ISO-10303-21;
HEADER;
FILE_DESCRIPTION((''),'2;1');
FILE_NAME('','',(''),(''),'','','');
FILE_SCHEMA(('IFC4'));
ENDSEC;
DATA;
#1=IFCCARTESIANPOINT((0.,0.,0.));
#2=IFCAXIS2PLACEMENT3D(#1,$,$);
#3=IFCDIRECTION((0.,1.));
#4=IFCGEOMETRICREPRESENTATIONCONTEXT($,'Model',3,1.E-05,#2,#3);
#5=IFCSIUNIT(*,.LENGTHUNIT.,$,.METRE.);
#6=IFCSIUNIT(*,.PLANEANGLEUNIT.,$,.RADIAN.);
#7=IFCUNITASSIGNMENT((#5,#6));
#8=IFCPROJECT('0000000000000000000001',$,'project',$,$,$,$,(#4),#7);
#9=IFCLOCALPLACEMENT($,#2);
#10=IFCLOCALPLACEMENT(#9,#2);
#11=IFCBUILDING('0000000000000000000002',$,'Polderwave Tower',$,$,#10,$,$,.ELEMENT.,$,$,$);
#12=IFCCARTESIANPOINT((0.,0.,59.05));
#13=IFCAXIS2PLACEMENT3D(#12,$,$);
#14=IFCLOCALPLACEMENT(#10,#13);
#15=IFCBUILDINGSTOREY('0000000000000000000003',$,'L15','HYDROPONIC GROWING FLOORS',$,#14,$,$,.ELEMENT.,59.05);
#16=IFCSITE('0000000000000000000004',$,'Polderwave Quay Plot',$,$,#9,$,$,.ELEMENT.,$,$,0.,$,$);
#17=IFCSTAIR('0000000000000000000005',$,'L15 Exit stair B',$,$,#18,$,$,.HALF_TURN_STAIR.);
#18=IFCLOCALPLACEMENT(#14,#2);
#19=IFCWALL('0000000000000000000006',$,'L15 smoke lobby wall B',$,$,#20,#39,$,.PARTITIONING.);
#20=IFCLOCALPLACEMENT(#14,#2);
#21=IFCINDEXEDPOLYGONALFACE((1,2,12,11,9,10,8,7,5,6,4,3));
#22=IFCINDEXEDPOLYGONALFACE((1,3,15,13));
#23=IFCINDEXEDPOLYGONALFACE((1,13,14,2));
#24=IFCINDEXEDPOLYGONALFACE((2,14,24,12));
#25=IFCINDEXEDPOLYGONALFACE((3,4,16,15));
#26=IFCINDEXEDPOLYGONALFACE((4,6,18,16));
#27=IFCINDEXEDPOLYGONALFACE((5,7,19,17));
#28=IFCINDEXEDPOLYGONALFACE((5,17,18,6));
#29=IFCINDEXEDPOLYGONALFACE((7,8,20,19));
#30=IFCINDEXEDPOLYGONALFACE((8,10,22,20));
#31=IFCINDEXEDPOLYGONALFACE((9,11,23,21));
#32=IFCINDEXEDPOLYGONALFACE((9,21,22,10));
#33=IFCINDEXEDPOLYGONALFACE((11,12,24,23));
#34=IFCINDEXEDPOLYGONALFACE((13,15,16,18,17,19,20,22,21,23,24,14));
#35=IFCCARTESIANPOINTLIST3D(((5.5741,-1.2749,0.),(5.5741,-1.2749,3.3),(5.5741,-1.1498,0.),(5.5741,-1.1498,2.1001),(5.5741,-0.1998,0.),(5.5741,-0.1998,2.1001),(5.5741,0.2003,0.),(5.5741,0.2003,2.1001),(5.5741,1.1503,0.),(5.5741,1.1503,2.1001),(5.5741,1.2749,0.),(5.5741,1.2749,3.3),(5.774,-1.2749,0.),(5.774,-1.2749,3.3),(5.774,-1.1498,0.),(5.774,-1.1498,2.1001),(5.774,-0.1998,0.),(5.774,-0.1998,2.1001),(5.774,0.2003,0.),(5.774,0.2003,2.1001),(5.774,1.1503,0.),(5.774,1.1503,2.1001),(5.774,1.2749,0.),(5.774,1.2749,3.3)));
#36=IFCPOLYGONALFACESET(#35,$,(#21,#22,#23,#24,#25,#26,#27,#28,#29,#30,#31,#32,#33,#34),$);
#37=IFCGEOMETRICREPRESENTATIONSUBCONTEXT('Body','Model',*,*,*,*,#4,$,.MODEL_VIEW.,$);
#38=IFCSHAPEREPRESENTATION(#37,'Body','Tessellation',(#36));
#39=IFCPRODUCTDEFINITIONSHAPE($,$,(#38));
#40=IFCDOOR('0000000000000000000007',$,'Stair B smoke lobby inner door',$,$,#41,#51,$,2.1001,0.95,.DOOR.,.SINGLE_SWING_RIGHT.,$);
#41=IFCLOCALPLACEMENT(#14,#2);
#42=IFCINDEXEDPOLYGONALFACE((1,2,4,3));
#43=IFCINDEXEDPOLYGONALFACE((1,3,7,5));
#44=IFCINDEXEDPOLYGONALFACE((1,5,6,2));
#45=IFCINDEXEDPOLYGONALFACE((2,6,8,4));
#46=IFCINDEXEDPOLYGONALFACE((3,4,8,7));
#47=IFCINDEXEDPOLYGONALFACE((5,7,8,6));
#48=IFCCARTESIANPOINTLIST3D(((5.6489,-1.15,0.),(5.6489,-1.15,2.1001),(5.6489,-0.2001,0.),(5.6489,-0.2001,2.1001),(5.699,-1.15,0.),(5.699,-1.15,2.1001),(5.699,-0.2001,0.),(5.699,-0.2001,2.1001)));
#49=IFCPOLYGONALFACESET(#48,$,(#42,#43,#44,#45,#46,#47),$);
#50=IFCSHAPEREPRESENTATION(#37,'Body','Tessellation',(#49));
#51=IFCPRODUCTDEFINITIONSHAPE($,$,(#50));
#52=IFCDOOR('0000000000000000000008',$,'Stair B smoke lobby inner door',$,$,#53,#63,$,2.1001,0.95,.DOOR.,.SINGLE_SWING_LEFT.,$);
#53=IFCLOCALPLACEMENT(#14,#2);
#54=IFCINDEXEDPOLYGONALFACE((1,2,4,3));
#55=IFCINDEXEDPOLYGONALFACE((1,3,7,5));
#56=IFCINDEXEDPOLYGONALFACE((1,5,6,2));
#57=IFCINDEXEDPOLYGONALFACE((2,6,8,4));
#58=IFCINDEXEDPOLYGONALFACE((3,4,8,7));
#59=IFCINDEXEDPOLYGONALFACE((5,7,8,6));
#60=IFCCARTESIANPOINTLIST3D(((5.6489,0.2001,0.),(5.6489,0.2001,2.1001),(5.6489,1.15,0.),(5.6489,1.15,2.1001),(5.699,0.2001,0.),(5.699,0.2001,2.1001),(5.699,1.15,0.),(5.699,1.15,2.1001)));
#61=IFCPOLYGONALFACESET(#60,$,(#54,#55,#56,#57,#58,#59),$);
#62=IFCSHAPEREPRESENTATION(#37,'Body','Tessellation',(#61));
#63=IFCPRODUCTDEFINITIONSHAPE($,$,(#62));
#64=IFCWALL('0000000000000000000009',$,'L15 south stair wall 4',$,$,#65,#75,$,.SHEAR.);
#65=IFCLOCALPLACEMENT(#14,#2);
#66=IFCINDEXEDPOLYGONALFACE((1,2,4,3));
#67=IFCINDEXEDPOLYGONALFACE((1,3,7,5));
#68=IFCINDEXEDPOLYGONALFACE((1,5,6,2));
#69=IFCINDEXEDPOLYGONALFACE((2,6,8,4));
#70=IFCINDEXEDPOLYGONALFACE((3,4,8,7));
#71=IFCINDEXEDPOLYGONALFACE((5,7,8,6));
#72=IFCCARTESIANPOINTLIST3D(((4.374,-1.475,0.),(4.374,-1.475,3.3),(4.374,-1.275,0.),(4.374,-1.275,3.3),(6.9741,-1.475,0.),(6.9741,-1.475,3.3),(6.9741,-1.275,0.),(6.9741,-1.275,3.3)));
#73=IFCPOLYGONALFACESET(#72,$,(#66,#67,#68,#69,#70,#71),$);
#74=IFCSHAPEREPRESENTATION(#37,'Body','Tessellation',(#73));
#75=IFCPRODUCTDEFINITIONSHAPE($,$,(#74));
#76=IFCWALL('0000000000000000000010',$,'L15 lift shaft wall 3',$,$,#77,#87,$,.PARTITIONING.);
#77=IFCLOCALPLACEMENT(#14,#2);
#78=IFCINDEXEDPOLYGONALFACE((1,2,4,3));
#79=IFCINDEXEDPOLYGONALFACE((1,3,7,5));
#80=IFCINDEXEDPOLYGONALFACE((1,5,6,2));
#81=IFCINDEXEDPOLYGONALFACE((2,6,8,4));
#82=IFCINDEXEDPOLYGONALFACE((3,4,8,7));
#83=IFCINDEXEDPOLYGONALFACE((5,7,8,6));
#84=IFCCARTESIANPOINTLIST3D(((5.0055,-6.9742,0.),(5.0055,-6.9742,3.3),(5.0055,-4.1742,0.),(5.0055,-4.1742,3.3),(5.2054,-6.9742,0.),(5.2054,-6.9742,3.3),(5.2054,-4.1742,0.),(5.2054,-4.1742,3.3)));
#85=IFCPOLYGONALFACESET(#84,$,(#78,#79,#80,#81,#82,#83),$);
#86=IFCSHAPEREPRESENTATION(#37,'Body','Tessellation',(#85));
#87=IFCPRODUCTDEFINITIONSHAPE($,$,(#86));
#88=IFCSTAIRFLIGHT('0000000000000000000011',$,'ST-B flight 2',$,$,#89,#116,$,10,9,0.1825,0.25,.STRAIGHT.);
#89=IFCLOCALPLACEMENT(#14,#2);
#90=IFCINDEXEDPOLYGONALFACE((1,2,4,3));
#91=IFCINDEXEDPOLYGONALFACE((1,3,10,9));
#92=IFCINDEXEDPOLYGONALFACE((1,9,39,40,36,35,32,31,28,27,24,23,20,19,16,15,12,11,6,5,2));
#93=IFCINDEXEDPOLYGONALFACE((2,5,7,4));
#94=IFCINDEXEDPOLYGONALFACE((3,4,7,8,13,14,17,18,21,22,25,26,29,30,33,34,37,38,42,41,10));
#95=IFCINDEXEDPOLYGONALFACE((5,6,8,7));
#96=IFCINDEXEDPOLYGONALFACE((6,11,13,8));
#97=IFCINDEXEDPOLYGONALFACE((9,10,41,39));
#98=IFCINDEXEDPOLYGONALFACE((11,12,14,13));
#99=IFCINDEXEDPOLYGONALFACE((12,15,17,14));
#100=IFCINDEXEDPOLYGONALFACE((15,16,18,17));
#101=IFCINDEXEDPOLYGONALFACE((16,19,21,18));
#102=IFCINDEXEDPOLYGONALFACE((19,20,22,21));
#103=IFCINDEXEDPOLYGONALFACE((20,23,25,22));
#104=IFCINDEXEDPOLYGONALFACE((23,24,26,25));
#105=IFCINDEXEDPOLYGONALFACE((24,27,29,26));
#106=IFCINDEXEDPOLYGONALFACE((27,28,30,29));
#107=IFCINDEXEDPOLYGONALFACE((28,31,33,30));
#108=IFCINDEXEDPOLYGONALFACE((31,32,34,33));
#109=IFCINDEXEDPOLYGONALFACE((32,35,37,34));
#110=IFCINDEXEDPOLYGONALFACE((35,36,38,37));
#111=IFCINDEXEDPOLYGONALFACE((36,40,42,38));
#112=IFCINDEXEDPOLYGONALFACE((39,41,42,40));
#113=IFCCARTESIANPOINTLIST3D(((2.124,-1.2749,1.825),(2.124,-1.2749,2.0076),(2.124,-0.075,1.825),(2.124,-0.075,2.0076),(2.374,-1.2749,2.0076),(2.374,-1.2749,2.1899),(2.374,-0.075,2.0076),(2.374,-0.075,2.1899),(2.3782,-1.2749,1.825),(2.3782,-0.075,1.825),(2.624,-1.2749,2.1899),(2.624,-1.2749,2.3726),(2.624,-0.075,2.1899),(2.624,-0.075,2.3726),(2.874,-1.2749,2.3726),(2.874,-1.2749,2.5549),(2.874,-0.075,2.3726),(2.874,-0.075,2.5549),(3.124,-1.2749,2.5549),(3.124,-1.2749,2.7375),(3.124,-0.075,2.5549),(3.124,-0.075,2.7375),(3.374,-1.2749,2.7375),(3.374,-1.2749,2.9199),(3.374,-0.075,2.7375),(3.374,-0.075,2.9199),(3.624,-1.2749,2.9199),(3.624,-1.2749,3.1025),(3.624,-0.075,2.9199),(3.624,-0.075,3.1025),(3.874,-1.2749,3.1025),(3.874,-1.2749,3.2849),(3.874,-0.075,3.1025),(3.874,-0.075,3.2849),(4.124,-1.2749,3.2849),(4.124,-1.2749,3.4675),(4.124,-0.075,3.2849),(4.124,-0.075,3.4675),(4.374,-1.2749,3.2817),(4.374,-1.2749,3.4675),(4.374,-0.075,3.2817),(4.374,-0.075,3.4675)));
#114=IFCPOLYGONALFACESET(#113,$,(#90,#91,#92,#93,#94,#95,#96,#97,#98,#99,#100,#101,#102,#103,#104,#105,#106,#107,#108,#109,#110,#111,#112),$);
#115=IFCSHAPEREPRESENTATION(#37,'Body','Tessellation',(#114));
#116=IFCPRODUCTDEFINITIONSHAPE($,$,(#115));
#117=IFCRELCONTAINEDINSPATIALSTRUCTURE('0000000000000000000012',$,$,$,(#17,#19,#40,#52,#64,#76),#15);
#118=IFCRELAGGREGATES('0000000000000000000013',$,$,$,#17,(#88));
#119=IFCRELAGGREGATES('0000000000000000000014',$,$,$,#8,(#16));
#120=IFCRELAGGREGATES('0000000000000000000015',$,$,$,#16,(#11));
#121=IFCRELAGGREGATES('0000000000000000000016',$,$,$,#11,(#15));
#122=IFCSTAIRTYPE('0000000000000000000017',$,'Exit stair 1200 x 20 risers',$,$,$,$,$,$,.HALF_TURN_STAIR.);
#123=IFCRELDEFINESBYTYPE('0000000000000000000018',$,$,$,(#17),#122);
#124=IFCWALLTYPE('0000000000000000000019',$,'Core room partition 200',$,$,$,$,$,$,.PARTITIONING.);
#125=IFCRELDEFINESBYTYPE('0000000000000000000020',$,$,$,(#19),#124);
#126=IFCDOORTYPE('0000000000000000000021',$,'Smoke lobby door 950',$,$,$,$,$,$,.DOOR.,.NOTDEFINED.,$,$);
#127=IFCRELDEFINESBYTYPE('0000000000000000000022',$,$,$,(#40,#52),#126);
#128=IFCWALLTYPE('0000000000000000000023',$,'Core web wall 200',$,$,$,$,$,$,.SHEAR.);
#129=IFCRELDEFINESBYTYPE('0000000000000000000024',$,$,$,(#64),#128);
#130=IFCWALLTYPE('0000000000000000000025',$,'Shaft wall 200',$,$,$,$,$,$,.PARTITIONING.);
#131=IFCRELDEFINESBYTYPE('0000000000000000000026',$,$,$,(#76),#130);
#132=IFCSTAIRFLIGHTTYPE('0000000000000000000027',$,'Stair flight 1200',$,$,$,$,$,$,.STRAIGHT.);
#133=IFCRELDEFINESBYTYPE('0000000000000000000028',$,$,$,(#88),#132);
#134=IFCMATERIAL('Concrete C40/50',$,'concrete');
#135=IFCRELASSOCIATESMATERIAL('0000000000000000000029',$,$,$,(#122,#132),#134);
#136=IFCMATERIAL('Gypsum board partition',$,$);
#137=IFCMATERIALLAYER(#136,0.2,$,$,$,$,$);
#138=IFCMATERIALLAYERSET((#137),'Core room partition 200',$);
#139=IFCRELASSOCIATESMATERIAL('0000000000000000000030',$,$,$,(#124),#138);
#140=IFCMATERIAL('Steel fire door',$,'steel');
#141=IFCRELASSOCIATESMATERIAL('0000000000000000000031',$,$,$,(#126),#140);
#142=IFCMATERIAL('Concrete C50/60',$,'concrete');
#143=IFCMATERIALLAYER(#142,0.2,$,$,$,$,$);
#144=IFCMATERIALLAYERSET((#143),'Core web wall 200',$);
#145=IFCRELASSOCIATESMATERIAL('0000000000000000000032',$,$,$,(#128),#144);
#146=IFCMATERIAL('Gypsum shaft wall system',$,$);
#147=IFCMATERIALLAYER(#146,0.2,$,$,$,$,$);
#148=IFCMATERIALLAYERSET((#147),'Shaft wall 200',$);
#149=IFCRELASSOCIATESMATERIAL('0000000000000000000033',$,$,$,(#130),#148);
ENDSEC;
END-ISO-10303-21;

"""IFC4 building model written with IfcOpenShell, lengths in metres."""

from ifc_helpers import new_model, si_unit, direction, frame, frame_2d, origin, place, context, subcontext, project, spatial, polyline, rectangle, outline, extrude, material, layer, layer_set, type_object, element, fill, aggregate, save


model = new_model("IFC4")

# Units and contexts
model_context = context("Model", 3, precision=1e-05, world=origin(), true_north=direction((0.0, 1.0)))
body_context = subcontext(model_context, "Body", "Model", "MODEL_VIEW")
ifc_project = project(units=[si_unit("LENGTHUNIT", "METRE"), si_unit("PLANEANGLEUNIT", "RADIAN")], contexts=[model_context])

# Site, building, storey
site_placement = place(None, origin())
site = spatial("IfcSite", under=ifc_project, at=site_placement, Name="Polderwave Quay Plot", CompositionType="ELEMENT", RefElevation=0.0)
building_placement = place(site_placement, origin())
building = spatial("IfcBuilding", under=site, at=building_placement, Name="Polderwave Tower", CompositionType="ELEMENT")
storey_placement = place(building_placement, frame((0.0, 0.0, 59.05)))
storey = spatial("IfcBuildingStorey", under=building, at=storey_placement, Name="L15", Description="HYDROPONIC GROWING FLOORS", CompositionType="ELEMENT", Elevation=59.05)

# Shared definitions
ifc_material_1 = material(Name="Concrete C40/50", Category="concrete")

# Stair
stair_type = type_object("IfcStairType", Name="Exit stair 1200 x 20 risers", PredefinedType="HALF_TURN_STAIR", material=ifc_material_1)
stair_1_placement = place(storey_placement, origin())
stair_1 = element("IfcStair", 1, at=stair_1_placement, inside=storey, type_object=stair_type, Name="L15 Exit stair B", PredefinedType="HALF_TURN_STAIR")

# Wall, openings, doors
ifc_material_2 = material(Name="Steel fire door", Category="steel")
ifc_material_3 = material(Name="Gypsum board partition")
ifc_layer_1 = layer(ifc_material_3, 0.2)
ifc_layer_set_1 = layer_set([ifc_layer_1], Name="Core room partition 200")
wall_type_1 = type_object("IfcWallType", Name="Core room partition 200", PredefinedType="PARTITIONING", material=ifc_layer_set_1)
wall_1_placement = place(storey_placement, frame((5.6741, -1.2749, 0.0), z_axis=(0.0, 0.0, 1.0), x_axis=(0.0, 1.0, 0.0)))
wall_1 = element("IfcWall", 2, at=wall_1_placement, inside=storey, type_object=wall_type_1, Name="L15 smoke lobby wall B", PredefinedType="PARTITIONING", context=body_context, shape_type="SweptSolid", body=[
    extrude(rectangle(XDim=2.5498, YDim=0.2, at=frame_2d((1.2749, 0.0))), origin(), (0.0, 0.0, 1.0), 3.3),
])
opening_1_placement = place(wall_1_placement, frame((0.125, 0.0, 0.0)))
opening_1 = element("IfcOpeningElement", 3, at=opening_1_placement, cuts=wall_1, PredefinedType="OPENING", context=body_context, shape_type="SweptSolid", body=[
    extrude(rectangle(XDim=0.95, YDim=2.1001, at=frame_2d((0.4751, 1.05))), frame((0.0, 0.1099, 0.0), z_axis=(0.0, -1.0, 0.0), x_axis=(1.0, 0.0, 0.0)), (0.0, 0.0, 1.0), 0.22),
])
opening_2_placement = place(wall_1_placement, frame((1.4751, 0.0, 0.0)))
opening_2 = element("IfcOpeningElement", 4, at=opening_2_placement, cuts=wall_1, PredefinedType="OPENING", context=body_context, shape_type="SweptSolid", body=[
    extrude(rectangle(XDim=0.95, YDim=2.1001, at=frame_2d((0.4751, 1.05))), frame((0.0, 0.1099, 0.0), z_axis=(0.0, -1.0, 0.0), x_axis=(1.0, 0.0, 0.0)), (0.0, 0.0, 1.0), 0.22),
])
door_type_1 = type_object("IfcDoorType", Name="Smoke lobby door 950", OperationType="NOTDEFINED", PredefinedType="DOOR", material=ifc_material_2)
door_1_placement = place(opening_1_placement, frame((0.95, 0.0, 0.0), z_axis=(0.0, 0.0, 1.0), x_axis=(-1.0, 0.0, 0.0)))
door_1 = element("IfcDoor", 5, at=door_1_placement, inside=storey, type_object=door_type_1, Name="Stair B smoke lobby inner door", OperationType="SINGLE_SWING_RIGHT", OverallHeight=2.1001, OverallWidth=0.95, PredefinedType="DOOR", context=body_context, shape_type="SweptSolid", body=[
    extrude(rectangle(XDim=0.95, YDim=2.1001, at=frame_2d((0.4751, 1.05))), frame((0.0, 0.0249, 0.0), z_axis=(0.0, -1.0, 0.0), x_axis=(1.0, 0.0, 0.0)), (0.0, 0.0, 1.0), 0.05),
])
fill(opening_1, door_1)
door_2_placement = place(opening_2_placement, frame((0.95, 0.0, 0.0), z_axis=(0.0, 0.0, 1.0), x_axis=(-1.0, 0.0, 0.0)))
door_2 = element("IfcDoor", 6, at=door_2_placement, inside=storey, type_object=door_type_1, Name="Stair B smoke lobby inner door", OperationType="SINGLE_SWING_LEFT", OverallHeight=2.1001, OverallWidth=0.95, PredefinedType="DOOR", context=body_context, shape_type="SweptSolid", body=[
    extrude(rectangle(XDim=0.95, YDim=2.1001, at=frame_2d((0.4751, 1.05))), frame((0.0, 0.0249, 0.0), z_axis=(0.0, -1.0, 0.0), x_axis=(1.0, 0.0, 0.0)), (0.0, 0.0, 1.0), 0.05),
])
fill(opening_2, door_2)

# Walls
ifc_material_4 = material(Name="Concrete C50/60", Category="concrete")
ifc_layer_2 = layer(ifc_material_4, 0.2)
ifc_layer_set_2 = layer_set([ifc_layer_2], Name="Core web wall 200")
wall_type_2 = type_object("IfcWallType", Name="Core web wall 200", PredefinedType="SHEAR", material=ifc_layer_set_2)
wall_2_placement = place(storey_placement, frame((4.374, -1.375, 0.0), z_axis=(0.0, 0.0, 1.0), x_axis=(1.0, 0.0, 0.0)))
element("IfcWall", 7, at=wall_2_placement, inside=storey, type_object=wall_type_2, Name="L15 south stair wall 4", PredefinedType="SHEAR", context=body_context, shape_type="SweptSolid", body=[
    extrude(rectangle(XDim=2.6001, YDim=0.2, at=frame_2d((1.3, 0.0))), origin(), (0.0, 0.0, 1.0), 3.3),
])
ifc_material_5 = material(Name="Gypsum shaft wall system")
ifc_layer_3 = layer(ifc_material_5, 0.2)
ifc_layer_set_3 = layer_set([ifc_layer_3], Name="Shaft wall 200")
wall_type_3 = type_object("IfcWallType", Name="Shaft wall 200", PredefinedType="PARTITIONING", material=ifc_layer_set_3)
wall_3_placement = place(storey_placement, frame((5.1055, -6.9741, 0.0), z_axis=(0.0, 0.0, 1.0), x_axis=(0.0, 1.0, 0.0)))
element("IfcWall", 8, at=wall_3_placement, inside=storey, type_object=wall_type_3, Name="L15 lift shaft wall 3", PredefinedType="PARTITIONING", context=body_context, shape_type="SweptSolid", body=[
    extrude(rectangle(XDim=2.8, YDim=0.2, at=frame_2d((1.3999, 0.0))), origin(), (0.0, 0.0, 1.0), 3.3),
])

# Stair flight
stair_flight_type = type_object("IfcStairFlightType", Name="Stair flight 1200", PredefinedType="STRAIGHT", material=ifc_material_1)
stair_flight_placement = place(storey_placement, frame((2.124, -0.675, 1.825), z_axis=(0.0, 0.0, 1.0), x_axis=(1.0, 0.0, 0.0)))
stair_flight = element("IfcStairFlight", 9, at=stair_flight_placement, type_object=stair_flight_type, Name="ST-B flight 2", NumberOfRisers=10, NumberOfTreads=9, PredefinedType="STRAIGHT", RiserHeight=0.1825, TreadLength=0.25, context=body_context, shape_type="SweptSolid", body=[
    extrude(outline(polyline([(0.0, 0.0), (0.0, 0.1826), (0.25, 0.1826), (0.25, 0.365), (0.5, 0.365), (0.5, 0.5476), (0.75, 0.5476), (0.75, 0.73), (1.0, 0.73), (1.0, 0.9126), (1.25, 0.9126), (1.25, 1.095), (1.5, 1.095), (1.5, 1.2776), (1.75, 1.2776), (1.75, 1.46), (2.0, 1.46), (2.0, 1.6426), (2.25, 1.6426), (2.25, 1.825), (2.25, 1.4568), (0.2542, 0.0), (0.0, 0.0)])), frame((0.0, 0.6001, 0.0), z_axis=(0.0, -1.0, 0.0), x_axis=(1.0, 0.0, 0.0)), (0.0, 0.0, 1.0), 1.2),
])
aggregate(stair_1, [stair_flight])

save(model, "model.ifc")
